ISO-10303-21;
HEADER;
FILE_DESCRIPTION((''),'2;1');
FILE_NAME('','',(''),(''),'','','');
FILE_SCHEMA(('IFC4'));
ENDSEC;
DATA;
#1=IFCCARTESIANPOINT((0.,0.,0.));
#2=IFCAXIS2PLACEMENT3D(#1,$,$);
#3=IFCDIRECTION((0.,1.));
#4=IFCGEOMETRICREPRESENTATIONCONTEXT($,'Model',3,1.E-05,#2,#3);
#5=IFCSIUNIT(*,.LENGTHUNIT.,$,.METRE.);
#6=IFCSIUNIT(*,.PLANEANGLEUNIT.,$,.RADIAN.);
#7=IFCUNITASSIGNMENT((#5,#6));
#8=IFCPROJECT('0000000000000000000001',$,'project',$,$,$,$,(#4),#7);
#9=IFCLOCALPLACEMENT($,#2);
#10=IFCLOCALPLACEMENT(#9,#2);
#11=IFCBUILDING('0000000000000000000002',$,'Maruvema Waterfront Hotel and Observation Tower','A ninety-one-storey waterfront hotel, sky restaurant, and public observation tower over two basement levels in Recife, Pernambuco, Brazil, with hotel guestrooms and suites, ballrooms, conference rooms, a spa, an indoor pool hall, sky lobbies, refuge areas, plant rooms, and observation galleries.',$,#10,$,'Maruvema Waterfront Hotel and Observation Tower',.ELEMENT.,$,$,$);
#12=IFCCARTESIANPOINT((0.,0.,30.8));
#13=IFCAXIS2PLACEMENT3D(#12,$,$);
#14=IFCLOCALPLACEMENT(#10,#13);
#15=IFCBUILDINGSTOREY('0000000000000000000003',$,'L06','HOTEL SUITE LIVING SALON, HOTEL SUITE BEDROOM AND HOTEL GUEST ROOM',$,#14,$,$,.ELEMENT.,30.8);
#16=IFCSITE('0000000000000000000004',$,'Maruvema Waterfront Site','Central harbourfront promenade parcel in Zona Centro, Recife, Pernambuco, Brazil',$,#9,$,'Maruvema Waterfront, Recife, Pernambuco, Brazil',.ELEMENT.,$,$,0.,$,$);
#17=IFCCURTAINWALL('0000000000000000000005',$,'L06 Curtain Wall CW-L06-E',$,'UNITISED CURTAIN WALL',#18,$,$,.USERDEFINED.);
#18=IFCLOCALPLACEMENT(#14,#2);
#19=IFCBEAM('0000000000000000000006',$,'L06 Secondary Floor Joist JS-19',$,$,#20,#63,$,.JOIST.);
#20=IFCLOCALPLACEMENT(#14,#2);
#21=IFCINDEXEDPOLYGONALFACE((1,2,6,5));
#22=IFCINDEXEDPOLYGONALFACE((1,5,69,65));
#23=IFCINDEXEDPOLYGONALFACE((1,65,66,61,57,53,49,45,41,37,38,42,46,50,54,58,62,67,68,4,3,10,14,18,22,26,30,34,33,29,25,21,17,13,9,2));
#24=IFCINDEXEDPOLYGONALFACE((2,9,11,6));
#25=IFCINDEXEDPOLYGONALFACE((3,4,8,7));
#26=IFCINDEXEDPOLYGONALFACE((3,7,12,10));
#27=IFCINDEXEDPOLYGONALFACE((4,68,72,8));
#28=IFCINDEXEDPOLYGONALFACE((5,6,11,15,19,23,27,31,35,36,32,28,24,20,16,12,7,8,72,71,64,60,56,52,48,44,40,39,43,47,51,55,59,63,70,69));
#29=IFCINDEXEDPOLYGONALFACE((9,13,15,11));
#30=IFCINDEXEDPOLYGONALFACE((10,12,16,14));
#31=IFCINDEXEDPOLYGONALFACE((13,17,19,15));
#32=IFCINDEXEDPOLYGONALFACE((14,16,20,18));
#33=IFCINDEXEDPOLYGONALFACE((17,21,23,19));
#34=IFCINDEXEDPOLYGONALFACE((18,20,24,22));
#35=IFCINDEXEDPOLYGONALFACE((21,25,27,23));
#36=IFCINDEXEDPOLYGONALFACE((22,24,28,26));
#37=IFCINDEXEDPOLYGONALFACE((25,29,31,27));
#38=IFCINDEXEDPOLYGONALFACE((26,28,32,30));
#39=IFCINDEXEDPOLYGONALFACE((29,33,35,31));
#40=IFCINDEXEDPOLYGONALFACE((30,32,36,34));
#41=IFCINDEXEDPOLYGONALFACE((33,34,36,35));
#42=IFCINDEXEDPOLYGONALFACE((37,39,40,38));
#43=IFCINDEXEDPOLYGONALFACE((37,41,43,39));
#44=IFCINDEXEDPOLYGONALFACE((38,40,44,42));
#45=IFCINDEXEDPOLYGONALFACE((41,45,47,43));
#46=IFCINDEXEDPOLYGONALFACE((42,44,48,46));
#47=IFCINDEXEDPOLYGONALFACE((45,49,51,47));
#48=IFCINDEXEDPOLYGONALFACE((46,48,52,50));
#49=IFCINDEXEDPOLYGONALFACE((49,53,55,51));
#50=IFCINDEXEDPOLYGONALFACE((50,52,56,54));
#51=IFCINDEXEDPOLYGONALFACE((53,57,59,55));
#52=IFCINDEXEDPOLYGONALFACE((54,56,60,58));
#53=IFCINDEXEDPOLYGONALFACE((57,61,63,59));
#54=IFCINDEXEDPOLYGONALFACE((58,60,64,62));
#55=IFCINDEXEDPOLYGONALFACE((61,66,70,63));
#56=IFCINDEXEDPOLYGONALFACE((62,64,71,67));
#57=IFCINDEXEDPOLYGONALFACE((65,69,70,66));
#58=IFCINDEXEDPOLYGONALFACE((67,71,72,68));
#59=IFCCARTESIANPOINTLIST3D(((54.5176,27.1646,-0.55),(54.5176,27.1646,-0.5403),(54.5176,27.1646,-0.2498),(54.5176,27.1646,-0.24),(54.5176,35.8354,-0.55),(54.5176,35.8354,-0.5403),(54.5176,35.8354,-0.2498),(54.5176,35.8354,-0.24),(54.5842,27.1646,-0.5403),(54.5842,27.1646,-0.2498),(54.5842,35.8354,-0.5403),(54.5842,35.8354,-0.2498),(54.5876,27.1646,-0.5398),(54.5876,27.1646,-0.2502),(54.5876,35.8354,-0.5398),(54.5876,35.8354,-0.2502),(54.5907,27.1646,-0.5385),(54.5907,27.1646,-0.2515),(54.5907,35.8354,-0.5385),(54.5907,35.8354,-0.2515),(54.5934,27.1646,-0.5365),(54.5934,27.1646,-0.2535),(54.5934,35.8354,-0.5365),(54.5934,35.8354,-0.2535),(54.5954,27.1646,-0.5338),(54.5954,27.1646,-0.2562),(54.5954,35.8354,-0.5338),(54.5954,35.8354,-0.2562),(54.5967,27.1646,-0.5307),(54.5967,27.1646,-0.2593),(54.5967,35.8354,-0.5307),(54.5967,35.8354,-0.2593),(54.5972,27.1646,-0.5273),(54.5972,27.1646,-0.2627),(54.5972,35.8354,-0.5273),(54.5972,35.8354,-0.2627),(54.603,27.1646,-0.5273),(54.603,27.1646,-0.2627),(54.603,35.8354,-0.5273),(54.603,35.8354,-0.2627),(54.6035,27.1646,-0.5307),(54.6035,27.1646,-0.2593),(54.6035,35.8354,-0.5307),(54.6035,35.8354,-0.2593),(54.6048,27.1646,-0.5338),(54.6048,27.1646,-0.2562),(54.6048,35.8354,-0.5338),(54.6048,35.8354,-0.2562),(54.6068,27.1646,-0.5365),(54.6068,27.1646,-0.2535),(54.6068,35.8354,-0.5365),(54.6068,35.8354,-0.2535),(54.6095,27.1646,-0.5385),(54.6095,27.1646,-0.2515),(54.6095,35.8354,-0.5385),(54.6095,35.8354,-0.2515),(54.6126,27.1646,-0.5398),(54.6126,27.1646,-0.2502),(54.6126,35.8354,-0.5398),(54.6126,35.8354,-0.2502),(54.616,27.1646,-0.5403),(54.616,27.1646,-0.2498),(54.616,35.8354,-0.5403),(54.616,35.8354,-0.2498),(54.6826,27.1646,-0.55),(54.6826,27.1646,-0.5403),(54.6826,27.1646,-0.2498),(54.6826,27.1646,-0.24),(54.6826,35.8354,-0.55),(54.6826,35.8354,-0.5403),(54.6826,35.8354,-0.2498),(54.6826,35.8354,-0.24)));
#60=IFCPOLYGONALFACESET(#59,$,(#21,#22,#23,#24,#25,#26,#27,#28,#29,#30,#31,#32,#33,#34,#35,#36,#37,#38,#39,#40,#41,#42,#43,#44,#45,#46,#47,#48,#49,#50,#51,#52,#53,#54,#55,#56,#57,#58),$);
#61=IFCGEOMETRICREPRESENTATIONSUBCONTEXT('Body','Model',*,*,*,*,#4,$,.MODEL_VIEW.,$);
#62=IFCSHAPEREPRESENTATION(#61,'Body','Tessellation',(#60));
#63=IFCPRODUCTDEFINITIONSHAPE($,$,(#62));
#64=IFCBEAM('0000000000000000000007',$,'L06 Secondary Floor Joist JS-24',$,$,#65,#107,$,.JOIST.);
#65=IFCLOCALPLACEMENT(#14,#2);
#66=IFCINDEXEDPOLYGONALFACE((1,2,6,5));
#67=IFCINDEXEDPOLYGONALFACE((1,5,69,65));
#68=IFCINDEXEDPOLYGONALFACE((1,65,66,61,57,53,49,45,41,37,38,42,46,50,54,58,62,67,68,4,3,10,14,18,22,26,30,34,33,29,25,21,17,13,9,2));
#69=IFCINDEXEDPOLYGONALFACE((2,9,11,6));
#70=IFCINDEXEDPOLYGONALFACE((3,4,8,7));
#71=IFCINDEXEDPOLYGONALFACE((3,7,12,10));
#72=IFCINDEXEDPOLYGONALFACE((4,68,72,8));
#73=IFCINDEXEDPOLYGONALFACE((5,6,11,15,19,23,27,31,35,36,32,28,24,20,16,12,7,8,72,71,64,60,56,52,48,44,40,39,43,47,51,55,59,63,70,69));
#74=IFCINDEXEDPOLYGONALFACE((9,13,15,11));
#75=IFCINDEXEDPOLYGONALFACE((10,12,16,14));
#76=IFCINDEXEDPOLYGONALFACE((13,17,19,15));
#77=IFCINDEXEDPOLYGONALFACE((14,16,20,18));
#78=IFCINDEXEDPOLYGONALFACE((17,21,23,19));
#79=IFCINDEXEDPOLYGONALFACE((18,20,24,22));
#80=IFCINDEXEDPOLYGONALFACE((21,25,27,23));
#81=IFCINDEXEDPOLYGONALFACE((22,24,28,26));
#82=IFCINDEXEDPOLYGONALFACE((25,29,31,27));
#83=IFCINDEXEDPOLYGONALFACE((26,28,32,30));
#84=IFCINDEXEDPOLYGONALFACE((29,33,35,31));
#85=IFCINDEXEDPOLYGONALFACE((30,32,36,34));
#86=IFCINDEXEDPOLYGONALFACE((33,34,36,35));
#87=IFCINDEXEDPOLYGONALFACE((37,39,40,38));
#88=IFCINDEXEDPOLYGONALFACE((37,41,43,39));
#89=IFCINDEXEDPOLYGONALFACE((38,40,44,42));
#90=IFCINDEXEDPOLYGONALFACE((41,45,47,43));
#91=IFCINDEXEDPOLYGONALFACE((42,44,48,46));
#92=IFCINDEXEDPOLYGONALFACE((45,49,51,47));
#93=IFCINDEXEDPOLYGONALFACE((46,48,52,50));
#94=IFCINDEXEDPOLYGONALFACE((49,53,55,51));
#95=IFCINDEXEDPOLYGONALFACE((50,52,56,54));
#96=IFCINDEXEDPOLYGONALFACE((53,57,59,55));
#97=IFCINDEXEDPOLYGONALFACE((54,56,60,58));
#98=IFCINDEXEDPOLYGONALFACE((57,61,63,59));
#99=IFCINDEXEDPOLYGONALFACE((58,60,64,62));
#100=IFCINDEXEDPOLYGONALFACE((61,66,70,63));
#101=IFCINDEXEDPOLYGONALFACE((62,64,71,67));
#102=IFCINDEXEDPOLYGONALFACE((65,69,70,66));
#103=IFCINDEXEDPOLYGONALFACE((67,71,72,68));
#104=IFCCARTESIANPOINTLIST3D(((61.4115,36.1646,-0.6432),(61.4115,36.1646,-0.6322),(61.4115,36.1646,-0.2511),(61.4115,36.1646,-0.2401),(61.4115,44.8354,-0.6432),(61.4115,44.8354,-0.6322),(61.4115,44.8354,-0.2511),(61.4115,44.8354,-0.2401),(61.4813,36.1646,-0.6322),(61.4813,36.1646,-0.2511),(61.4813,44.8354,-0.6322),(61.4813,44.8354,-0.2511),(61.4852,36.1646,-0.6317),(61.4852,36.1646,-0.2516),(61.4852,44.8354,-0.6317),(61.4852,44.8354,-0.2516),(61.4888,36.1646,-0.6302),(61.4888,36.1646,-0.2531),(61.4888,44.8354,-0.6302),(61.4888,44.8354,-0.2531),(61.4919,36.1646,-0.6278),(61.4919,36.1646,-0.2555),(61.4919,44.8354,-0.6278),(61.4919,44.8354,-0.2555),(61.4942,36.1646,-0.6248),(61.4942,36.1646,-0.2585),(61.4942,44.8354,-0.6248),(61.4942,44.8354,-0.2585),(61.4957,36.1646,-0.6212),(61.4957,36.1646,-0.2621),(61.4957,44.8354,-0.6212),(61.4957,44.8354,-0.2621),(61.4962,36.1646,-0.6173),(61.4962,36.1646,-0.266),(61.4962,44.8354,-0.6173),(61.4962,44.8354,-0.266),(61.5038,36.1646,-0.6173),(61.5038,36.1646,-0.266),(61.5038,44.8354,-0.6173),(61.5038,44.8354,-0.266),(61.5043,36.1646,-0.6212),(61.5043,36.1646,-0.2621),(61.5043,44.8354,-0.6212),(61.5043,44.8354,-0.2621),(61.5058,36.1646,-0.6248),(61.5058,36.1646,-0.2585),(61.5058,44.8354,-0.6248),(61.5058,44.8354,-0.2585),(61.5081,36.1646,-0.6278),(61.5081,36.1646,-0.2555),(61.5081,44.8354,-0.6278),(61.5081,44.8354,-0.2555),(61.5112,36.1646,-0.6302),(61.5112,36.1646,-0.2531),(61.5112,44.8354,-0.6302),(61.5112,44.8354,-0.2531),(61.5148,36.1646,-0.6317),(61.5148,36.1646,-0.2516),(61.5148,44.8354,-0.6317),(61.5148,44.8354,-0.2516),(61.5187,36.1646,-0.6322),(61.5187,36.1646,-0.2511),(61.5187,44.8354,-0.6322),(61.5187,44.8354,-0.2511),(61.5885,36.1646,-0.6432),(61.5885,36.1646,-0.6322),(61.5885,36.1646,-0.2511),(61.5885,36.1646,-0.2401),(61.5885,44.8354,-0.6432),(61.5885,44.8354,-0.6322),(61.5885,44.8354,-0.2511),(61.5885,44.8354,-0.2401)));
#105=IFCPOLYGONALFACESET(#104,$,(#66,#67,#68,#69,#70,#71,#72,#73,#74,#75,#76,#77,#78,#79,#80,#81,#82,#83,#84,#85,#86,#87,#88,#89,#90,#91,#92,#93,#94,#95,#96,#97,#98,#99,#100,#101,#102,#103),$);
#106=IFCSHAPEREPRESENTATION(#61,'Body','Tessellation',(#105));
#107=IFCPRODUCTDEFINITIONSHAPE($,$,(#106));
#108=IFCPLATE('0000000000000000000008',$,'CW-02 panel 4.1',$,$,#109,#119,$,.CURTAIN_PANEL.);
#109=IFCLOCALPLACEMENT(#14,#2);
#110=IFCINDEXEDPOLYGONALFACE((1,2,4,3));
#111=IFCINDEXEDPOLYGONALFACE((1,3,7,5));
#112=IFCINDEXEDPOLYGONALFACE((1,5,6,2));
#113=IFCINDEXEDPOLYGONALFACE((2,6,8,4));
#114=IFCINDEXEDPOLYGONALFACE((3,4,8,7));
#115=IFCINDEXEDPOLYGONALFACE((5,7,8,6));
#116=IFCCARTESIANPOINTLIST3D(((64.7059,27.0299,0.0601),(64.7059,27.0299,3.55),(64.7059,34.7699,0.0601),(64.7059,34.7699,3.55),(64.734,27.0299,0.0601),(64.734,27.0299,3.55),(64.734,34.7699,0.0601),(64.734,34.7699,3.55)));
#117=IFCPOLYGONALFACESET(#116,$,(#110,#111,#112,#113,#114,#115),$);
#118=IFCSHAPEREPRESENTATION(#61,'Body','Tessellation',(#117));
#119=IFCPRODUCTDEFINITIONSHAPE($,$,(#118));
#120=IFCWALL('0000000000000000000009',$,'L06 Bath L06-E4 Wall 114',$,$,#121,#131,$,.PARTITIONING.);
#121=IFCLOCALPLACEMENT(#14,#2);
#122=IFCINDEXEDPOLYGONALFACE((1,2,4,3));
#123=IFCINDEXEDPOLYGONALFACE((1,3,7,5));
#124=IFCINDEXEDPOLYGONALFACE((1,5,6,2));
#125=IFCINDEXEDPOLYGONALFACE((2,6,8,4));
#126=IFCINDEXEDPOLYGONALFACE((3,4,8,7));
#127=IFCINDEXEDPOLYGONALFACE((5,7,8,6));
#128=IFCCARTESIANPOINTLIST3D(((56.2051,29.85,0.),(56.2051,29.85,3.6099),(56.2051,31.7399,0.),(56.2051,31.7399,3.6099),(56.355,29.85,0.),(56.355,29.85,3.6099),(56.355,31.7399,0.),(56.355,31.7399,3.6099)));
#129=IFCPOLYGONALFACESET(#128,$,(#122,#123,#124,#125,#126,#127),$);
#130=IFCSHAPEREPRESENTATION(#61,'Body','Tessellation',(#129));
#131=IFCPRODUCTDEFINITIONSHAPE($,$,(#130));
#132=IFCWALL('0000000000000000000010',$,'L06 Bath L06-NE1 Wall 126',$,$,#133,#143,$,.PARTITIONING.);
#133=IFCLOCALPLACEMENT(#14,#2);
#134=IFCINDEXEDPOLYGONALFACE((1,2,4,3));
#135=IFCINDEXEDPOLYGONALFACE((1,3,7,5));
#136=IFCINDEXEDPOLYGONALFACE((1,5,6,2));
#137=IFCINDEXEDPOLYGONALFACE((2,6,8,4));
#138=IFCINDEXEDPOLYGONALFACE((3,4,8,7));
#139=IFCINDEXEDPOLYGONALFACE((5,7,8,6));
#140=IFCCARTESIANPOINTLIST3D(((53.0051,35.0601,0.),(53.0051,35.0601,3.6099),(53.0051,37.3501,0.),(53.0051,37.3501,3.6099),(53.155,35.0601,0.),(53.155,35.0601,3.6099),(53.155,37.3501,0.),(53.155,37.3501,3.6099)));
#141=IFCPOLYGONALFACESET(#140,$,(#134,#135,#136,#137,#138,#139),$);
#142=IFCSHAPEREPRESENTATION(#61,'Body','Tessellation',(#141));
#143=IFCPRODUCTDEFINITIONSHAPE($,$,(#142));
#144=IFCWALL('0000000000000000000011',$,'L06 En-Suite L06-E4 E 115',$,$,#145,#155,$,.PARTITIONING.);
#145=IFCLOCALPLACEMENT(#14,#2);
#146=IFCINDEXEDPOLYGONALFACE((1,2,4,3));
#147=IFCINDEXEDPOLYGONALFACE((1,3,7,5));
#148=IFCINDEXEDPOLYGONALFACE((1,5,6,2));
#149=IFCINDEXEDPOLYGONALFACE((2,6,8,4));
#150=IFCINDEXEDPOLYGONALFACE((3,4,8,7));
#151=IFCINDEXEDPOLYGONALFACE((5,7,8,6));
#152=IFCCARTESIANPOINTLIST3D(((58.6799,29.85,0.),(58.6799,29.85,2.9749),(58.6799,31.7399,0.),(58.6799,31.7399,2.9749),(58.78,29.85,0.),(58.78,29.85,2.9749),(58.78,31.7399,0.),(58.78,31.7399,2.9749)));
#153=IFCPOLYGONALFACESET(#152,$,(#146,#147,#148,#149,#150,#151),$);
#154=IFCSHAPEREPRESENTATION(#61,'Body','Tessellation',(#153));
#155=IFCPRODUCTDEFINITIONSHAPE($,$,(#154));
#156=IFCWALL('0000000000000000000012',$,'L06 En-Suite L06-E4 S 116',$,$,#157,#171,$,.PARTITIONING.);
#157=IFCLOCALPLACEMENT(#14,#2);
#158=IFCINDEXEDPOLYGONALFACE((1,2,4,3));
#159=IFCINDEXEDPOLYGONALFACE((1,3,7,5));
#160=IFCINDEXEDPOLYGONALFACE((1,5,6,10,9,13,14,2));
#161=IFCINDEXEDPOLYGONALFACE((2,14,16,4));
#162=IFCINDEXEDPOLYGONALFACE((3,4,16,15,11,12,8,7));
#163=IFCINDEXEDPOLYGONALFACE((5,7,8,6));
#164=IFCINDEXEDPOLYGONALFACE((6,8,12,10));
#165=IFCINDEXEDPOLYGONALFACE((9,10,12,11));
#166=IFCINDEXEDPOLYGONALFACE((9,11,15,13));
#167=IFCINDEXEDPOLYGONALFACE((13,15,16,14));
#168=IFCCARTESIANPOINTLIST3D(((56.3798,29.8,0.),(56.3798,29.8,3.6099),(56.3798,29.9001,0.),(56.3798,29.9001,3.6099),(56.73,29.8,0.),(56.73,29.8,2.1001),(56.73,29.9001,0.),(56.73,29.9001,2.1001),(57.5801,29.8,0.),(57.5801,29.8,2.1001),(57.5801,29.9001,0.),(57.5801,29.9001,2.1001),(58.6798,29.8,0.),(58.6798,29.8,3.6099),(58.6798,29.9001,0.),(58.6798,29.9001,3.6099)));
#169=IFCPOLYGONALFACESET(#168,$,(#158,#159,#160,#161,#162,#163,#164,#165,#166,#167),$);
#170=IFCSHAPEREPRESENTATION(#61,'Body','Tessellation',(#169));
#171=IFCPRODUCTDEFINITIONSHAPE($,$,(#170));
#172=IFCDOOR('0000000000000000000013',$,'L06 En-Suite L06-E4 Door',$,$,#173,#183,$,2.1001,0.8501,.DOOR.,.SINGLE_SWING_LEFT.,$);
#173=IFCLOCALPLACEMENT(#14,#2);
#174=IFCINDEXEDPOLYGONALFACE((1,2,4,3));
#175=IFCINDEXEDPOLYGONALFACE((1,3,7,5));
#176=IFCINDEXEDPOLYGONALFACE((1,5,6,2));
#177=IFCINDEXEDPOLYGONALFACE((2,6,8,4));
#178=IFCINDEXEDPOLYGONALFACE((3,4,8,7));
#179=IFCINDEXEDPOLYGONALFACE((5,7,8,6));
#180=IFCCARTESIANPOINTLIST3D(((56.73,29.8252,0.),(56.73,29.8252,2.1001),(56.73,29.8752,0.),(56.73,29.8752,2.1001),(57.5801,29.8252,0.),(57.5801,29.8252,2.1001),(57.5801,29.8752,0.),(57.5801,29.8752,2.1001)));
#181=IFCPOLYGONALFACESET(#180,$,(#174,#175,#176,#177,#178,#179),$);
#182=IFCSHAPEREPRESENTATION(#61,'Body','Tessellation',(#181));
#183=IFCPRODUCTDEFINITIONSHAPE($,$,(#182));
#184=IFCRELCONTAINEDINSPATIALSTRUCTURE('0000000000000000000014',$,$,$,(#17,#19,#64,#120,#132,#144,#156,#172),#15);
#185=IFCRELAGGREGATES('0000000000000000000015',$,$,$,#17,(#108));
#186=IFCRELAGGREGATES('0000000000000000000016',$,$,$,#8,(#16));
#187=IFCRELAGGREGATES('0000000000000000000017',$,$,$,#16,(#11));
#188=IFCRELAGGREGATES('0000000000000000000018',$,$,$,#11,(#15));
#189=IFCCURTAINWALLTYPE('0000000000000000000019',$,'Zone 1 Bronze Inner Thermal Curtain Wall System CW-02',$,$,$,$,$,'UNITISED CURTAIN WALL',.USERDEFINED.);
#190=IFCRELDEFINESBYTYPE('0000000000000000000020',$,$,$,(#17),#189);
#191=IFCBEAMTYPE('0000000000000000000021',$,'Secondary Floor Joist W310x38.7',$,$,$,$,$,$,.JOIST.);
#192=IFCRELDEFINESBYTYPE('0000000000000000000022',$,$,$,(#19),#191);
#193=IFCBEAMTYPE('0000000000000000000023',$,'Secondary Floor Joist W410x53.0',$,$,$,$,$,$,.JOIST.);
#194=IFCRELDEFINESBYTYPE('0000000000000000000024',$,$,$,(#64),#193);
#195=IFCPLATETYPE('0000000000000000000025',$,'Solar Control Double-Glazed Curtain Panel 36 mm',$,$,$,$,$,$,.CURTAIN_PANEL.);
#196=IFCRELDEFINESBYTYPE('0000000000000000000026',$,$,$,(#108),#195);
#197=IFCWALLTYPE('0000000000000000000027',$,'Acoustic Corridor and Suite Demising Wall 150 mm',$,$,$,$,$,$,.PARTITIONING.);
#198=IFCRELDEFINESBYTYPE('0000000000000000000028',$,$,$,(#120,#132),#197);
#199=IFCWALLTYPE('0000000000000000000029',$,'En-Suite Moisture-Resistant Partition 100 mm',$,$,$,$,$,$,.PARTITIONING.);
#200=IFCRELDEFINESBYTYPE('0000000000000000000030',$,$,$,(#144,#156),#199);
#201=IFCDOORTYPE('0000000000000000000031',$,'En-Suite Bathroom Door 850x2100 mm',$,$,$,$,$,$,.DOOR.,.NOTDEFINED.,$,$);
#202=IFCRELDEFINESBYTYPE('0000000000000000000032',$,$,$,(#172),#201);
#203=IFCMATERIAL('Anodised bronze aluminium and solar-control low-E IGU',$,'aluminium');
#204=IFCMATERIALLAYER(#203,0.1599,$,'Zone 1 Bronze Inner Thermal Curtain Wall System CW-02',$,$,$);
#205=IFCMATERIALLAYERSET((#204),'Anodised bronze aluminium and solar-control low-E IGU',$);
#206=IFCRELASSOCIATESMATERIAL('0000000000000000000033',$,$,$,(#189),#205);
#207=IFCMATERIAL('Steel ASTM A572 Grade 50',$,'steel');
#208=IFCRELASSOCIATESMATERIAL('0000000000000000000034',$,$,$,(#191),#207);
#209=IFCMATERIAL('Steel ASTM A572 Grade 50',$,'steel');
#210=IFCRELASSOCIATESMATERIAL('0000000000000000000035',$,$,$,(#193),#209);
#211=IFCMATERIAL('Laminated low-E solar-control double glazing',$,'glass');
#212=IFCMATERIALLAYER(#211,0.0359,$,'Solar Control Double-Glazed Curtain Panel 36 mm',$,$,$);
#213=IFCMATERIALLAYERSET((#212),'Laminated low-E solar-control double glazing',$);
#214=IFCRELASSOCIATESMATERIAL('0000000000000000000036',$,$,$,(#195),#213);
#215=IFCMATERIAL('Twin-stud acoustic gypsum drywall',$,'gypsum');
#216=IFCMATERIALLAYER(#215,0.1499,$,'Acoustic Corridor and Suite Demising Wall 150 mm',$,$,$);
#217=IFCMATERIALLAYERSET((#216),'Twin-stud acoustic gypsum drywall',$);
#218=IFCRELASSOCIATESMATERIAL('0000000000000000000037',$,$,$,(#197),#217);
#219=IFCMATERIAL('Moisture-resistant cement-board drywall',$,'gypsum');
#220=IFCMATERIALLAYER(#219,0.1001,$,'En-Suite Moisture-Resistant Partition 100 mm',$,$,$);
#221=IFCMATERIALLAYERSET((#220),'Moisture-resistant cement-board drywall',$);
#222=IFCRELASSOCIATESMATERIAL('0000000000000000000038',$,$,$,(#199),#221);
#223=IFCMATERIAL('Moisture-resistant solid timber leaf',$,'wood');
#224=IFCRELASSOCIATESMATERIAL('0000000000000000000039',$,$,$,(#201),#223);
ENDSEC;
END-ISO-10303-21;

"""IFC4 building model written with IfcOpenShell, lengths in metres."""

from ifc_helpers import new_model, si_unit, direction, frame, frame_2d, origin, origin_2d, place, context, subcontext, project, spatial, rectangle, i_section, extrude, material, layer, layer_set, material_profile, profile_set, type_object, element, fill, aggregate, save


model = new_model("IFC4")

# Units and contexts
model_context = context("Model", 3, precision=1e-05, world=origin(), true_north=direction((0.0, 1.0)))
body_context = subcontext(model_context, "Body", "Model", "MODEL_VIEW")
ifc_project = project(units=[si_unit("LENGTHUNIT", "METRE"), si_unit("PLANEANGLEUNIT", "RADIAN")], contexts=[model_context])

# Site, building, storey
site_placement = place(None, origin())
site = spatial("IfcSite", under=ifc_project, at=site_placement, Name="Maruvema Waterfront Site", Description="Central harbourfront promenade parcel in Zona Centro, Recife, Pernambuco, Brazil", LongName="Maruvema Waterfront, Recife, Pernambuco, Brazil", CompositionType="ELEMENT", RefElevation=0.0)
building_placement = place(site_placement, origin())
building = spatial("IfcBuilding", under=site, at=building_placement, Name="Maruvema Waterfront Hotel and Observation Tower", Description="A ninety-one-storey waterfront hotel, sky restaurant, and public observation tower over two basement levels in Recife, Pernambuco, Brazil, with hotel guestrooms and suites, ballrooms, conference rooms, a spa, an indoor pool hall, sky lobbies, refuge areas, plant rooms, and observation galleries.", LongName="Maruvema Waterfront Hotel and Observation Tower", CompositionType="ELEMENT")
storey_placement = place(building_placement, frame((0.0, 0.0, 30.8)))
storey = spatial("IfcBuildingStorey", under=building, at=storey_placement, Name="L06", Description="HOTEL SUITE LIVING SALON, HOTEL SUITE BEDROOM AND HOTEL GUEST ROOM", CompositionType="ELEMENT", Elevation=30.8)

# Curtain wall
ifc_material_1 = material(Name="Anodised bronze aluminium and solar-control low-E IGU", Category="aluminium")
ifc_layer_1 = layer(ifc_material_1, 0.1599, Name="Zone 1 Bronze Inner Thermal Curtain Wall System CW-02")
ifc_layer_set_1 = layer_set([ifc_layer_1], Name="Anodised bronze aluminium and solar-control low-E IGU")
curtain_wall_type = type_object("IfcCurtainWallType", Name="Zone 1 Bronze Inner Thermal Curtain Wall System CW-02", ElementType="UNITISED CURTAIN WALL", PredefinedType="USERDEFINED", material=ifc_layer_set_1)
curtain_wall_placement = place(storey_placement, origin())
curtain_wall = element("IfcCurtainWall", 1, at=curtain_wall_placement, inside=storey, type_object=curtain_wall_type, Name="L06 Curtain Wall CW-L06-E", ObjectType="UNITISED CURTAIN WALL", PredefinedType="USERDEFINED")

# Beams
ifc_material_2 = material(Name="Steel ASTM A572 Grade 50", Category="steel")
ifc_material_profile_1 = material_profile(ifc_material_2, i_section(OverallWidth=0.165, OverallDepth=0.3101, WebThickness=0.0059, FlangeThickness=0.0098, FilletRadius=0.0129, at=origin_2d()), Name="W310x38.7")
ifc_profile_set_1 = profile_set([ifc_material_profile_1], Name="Steel ASTM A572 Grade 50")
beam_type_1 = type_object("IfcBeamType", Name="Secondary Floor Joist W310x38.7", PredefinedType="JOIST", material=ifc_profile_set_1)
beam_1_placement = place(storey_placement, frame((54.6001, 27.1646, -0.395), z_axis=(0.0, 1.0, 0.0), x_axis=(-1.0, 0.0, 0.0)))
element("IfcBeam", 2, at=beam_1_placement, inside=storey, type_object=beam_type_1, Name="L06 Secondary Floor Joist JS-19", PredefinedType="JOIST", context=body_context, shape_type="SweptSolid", body=[
    extrude(i_section(OverallWidth=0.165, OverallDepth=0.3101, WebThickness=0.0059, FlangeThickness=0.0098, FilletRadius=0.0129, at=origin_2d()), origin(), (0.0, 0.0, 1.0), 8.6709),
])
ifc_material_3 = material(Name="Steel ASTM A572 Grade 50", Category="steel")
ifc_material_profile_2 = material_profile(ifc_material_3, i_section(OverallWidth=0.177, OverallDepth=0.4031, WebThickness=0.0076, FlangeThickness=0.011, FilletRadius=0.0149, at=origin_2d()), Name="W410x53.0")
ifc_profile_set_2 = profile_set([ifc_material_profile_2], Name="Steel ASTM A572 Grade 50")
beam_type_2 = type_object("IfcBeamType", Name="Secondary Floor Joist W410x53.0", PredefinedType="JOIST", material=ifc_profile_set_2)
beam_2_placement = place(storey_placement, frame((61.5, 36.1646, -0.4417), z_axis=(0.0, 1.0, 0.0), x_axis=(-1.0, 0.0, 0.0)))
element("IfcBeam", 3, at=beam_2_placement, inside=storey, type_object=beam_type_2, Name="L06 Secondary Floor Joist JS-24", PredefinedType="JOIST", context=body_context, shape_type="SweptSolid", body=[
    extrude(i_section(OverallWidth=0.177, OverallDepth=0.4031, WebThickness=0.0076, FlangeThickness=0.011, FilletRadius=0.0149, at=origin_2d()), origin(), (0.0, 0.0, 1.0), 8.6709),
])

# Plate
ifc_material_4 = material(Name="Laminated low-E solar-control double glazing", Category="glass")
ifc_layer_2 = layer(ifc_material_4, 0.0359, Name="Solar Control Double-Glazed Curtain Panel 36 mm")
ifc_layer_set_2 = layer_set([ifc_layer_2], Name="Laminated low-E solar-control double glazing")
plate_type = type_object("IfcPlateType", Name="Solar Control Double-Glazed Curtain Panel 36 mm", PredefinedType="CURTAIN_PANEL", material=ifc_layer_set_2)
plate_placement = place(storey_placement, frame((64.72, 30.8999, 0.0601), z_axis=(0.0, 0.0, 1.0), x_axis=(0.0, 1.0, 0.0)))
plate = element("IfcPlate", 4, at=plate_placement, type_object=plate_type, Name="CW-02 panel 4.1", PredefinedType="CURTAIN_PANEL", context=body_context, shape_type="SweptSolid", body=[
    extrude(rectangle(XDim=7.74, YDim=0.0281, at=origin_2d()), origin(), (0.0, 0.0, 1.0), 3.49),
])
aggregate(curtain_wall, [plate])

# Shared definitions
ifc_material_5 = material(Name="Twin-stud acoustic gypsum drywall", Category="gypsum")
ifc_layer_3 = layer(ifc_material_5, 0.1499, Name="Acoustic Corridor and Suite Demising Wall 150 mm")
ifc_layer_set_3 = layer_set([ifc_layer_3], Name="Twin-stud acoustic gypsum drywall")
wall_type_1 = type_object("IfcWallType", Name="Acoustic Corridor and Suite Demising Wall 150 mm", PredefinedType="PARTITIONING", material=ifc_layer_set_3)

# Walls
wall_1_placement = place(storey_placement, frame((56.28, 29.8501, 0.0), z_axis=(0.0, 0.0, 1.0), x_axis=(0.0, 1.0, 0.0)))
element("IfcWall", 5, at=wall_1_placement, inside=storey, type_object=wall_type_1, Name="L06 Bath L06-E4 Wall 114", PredefinedType="PARTITIONING", context=body_context, shape_type="SweptSolid", body=[
    extrude(rectangle(XDim=1.8899, YDim=0.1499, at=frame_2d((0.9448, 0.0))), origin(), (0.0, 0.0, 1.0), 3.6099),
])
wall_2_placement = place(storey_placement, frame((53.0801, 35.0601, 0.0), z_axis=(0.0, 0.0, 1.0), x_axis=(0.0, 1.0, 0.0)))
element("IfcWall", 6, at=wall_2_placement, inside=storey, type_object=wall_type_1, Name="L06 Bath L06-NE1 Wall 126", PredefinedType="PARTITIONING", context=body_context, shape_type="SweptSolid", body=[
    extrude(rectangle(XDim=2.29, YDim=0.1499, at=frame_2d((1.145, 0.0))), origin(), (0.0, 0.0, 1.0), 3.6099),
])
ifc_material_6 = material(Name="Moisture-resistant cement-board drywall", Category="gypsum")
ifc_layer_4 = layer(ifc_material_6, 0.1001, Name="En-Suite Moisture-Resistant Partition 100 mm")
ifc_layer_set_4 = layer_set([ifc_layer_4], Name="Moisture-resistant cement-board drywall")
wall_type_2 = type_object("IfcWallType", Name="En-Suite Moisture-Resistant Partition 100 mm", PredefinedType="PARTITIONING", material=ifc_layer_set_4)
wall_3_placement = place(storey_placement, frame((58.73, 29.8501, 0.0), z_axis=(0.0, 0.0, 1.0), x_axis=(0.0, 1.0, 0.0)))
element("IfcWall", 7, at=wall_3_placement, inside=storey, type_object=wall_type_2, Name="L06 En-Suite L06-E4 E 115", PredefinedType="PARTITIONING", context=body_context, shape_type="SweptSolid", body=[
    extrude(rectangle(XDim=1.8899, YDim=0.1001, at=frame_2d((0.9448, 0.0))), origin(), (0.0, 0.0, 1.0), 2.9749),
])

# Wall, opening, door
wall_4_placement = place(storey_placement, frame((56.3799, 29.8501, 0.0), z_axis=(0.0, 0.0, 1.0), x_axis=(1.0, 0.0, 0.0)))
wall_4 = element("IfcWall", 8, at=wall_4_placement, inside=storey, type_object=wall_type_2, Name="L06 En-Suite L06-E4 S 116", PredefinedType="PARTITIONING", context=body_context, shape_type="SweptSolid", body=[
    extrude(rectangle(XDim=2.3, YDim=0.1001, at=frame_2d((1.1499, 0.0))), origin(), (0.0, 0.0, 1.0), 3.6099),
])
opening_1_placement = place(wall_4_placement, frame((0.3501, 0.0, 0.0)))
opening_1 = element("IfcOpeningElement", 9, at=opening_1_placement, cuts=wall_4, PredefinedType="OPENING", context=body_context, shape_type="SweptSolid", body=[
    extrude(rectangle(XDim=0.8501, YDim=2.1001, at=frame_2d((0.425, 1.05))), frame((0.0, 0.0601, 0.0), z_axis=(0.0, -1.0, 0.0), x_axis=(1.0, 0.0, 0.0)), (0.0, 0.0, 1.0), 0.1201),
])
ifc_material_7 = material(Name="Moisture-resistant solid timber leaf", Category="wood")
door_type_1 = type_object("IfcDoorType", Name="En-Suite Bathroom Door 850x2100 mm", OperationType="NOTDEFINED", PredefinedType="DOOR", material=ifc_material_7)
door_1_placement = place(opening_1_placement, frame((0.8501, 0.0, 0.0), z_axis=(0.0, 0.0, 1.0), x_axis=(-1.0, 0.0, 0.0)))
door_1 = element("IfcDoor", 10, at=door_1_placement, inside=storey, type_object=door_type_1, Name="L06 En-Suite L06-E4 Door", OperationType="SINGLE_SWING_LEFT", OverallHeight=2.1001, OverallWidth=0.8501, PredefinedType="DOOR", context=body_context, shape_type="SweptSolid", body=[
    extrude(rectangle(XDim=0.8501, YDim=2.1001, at=frame_2d((0.425, 1.05))), frame((0.0, 0.0249, 0.0), z_axis=(0.0, -1.0, 0.0), x_axis=(1.0, 0.0, 0.0)), (0.0, 0.0, 1.0), 0.05),
])
fill(opening_1, door_1)

save(model, "model.ifc")
